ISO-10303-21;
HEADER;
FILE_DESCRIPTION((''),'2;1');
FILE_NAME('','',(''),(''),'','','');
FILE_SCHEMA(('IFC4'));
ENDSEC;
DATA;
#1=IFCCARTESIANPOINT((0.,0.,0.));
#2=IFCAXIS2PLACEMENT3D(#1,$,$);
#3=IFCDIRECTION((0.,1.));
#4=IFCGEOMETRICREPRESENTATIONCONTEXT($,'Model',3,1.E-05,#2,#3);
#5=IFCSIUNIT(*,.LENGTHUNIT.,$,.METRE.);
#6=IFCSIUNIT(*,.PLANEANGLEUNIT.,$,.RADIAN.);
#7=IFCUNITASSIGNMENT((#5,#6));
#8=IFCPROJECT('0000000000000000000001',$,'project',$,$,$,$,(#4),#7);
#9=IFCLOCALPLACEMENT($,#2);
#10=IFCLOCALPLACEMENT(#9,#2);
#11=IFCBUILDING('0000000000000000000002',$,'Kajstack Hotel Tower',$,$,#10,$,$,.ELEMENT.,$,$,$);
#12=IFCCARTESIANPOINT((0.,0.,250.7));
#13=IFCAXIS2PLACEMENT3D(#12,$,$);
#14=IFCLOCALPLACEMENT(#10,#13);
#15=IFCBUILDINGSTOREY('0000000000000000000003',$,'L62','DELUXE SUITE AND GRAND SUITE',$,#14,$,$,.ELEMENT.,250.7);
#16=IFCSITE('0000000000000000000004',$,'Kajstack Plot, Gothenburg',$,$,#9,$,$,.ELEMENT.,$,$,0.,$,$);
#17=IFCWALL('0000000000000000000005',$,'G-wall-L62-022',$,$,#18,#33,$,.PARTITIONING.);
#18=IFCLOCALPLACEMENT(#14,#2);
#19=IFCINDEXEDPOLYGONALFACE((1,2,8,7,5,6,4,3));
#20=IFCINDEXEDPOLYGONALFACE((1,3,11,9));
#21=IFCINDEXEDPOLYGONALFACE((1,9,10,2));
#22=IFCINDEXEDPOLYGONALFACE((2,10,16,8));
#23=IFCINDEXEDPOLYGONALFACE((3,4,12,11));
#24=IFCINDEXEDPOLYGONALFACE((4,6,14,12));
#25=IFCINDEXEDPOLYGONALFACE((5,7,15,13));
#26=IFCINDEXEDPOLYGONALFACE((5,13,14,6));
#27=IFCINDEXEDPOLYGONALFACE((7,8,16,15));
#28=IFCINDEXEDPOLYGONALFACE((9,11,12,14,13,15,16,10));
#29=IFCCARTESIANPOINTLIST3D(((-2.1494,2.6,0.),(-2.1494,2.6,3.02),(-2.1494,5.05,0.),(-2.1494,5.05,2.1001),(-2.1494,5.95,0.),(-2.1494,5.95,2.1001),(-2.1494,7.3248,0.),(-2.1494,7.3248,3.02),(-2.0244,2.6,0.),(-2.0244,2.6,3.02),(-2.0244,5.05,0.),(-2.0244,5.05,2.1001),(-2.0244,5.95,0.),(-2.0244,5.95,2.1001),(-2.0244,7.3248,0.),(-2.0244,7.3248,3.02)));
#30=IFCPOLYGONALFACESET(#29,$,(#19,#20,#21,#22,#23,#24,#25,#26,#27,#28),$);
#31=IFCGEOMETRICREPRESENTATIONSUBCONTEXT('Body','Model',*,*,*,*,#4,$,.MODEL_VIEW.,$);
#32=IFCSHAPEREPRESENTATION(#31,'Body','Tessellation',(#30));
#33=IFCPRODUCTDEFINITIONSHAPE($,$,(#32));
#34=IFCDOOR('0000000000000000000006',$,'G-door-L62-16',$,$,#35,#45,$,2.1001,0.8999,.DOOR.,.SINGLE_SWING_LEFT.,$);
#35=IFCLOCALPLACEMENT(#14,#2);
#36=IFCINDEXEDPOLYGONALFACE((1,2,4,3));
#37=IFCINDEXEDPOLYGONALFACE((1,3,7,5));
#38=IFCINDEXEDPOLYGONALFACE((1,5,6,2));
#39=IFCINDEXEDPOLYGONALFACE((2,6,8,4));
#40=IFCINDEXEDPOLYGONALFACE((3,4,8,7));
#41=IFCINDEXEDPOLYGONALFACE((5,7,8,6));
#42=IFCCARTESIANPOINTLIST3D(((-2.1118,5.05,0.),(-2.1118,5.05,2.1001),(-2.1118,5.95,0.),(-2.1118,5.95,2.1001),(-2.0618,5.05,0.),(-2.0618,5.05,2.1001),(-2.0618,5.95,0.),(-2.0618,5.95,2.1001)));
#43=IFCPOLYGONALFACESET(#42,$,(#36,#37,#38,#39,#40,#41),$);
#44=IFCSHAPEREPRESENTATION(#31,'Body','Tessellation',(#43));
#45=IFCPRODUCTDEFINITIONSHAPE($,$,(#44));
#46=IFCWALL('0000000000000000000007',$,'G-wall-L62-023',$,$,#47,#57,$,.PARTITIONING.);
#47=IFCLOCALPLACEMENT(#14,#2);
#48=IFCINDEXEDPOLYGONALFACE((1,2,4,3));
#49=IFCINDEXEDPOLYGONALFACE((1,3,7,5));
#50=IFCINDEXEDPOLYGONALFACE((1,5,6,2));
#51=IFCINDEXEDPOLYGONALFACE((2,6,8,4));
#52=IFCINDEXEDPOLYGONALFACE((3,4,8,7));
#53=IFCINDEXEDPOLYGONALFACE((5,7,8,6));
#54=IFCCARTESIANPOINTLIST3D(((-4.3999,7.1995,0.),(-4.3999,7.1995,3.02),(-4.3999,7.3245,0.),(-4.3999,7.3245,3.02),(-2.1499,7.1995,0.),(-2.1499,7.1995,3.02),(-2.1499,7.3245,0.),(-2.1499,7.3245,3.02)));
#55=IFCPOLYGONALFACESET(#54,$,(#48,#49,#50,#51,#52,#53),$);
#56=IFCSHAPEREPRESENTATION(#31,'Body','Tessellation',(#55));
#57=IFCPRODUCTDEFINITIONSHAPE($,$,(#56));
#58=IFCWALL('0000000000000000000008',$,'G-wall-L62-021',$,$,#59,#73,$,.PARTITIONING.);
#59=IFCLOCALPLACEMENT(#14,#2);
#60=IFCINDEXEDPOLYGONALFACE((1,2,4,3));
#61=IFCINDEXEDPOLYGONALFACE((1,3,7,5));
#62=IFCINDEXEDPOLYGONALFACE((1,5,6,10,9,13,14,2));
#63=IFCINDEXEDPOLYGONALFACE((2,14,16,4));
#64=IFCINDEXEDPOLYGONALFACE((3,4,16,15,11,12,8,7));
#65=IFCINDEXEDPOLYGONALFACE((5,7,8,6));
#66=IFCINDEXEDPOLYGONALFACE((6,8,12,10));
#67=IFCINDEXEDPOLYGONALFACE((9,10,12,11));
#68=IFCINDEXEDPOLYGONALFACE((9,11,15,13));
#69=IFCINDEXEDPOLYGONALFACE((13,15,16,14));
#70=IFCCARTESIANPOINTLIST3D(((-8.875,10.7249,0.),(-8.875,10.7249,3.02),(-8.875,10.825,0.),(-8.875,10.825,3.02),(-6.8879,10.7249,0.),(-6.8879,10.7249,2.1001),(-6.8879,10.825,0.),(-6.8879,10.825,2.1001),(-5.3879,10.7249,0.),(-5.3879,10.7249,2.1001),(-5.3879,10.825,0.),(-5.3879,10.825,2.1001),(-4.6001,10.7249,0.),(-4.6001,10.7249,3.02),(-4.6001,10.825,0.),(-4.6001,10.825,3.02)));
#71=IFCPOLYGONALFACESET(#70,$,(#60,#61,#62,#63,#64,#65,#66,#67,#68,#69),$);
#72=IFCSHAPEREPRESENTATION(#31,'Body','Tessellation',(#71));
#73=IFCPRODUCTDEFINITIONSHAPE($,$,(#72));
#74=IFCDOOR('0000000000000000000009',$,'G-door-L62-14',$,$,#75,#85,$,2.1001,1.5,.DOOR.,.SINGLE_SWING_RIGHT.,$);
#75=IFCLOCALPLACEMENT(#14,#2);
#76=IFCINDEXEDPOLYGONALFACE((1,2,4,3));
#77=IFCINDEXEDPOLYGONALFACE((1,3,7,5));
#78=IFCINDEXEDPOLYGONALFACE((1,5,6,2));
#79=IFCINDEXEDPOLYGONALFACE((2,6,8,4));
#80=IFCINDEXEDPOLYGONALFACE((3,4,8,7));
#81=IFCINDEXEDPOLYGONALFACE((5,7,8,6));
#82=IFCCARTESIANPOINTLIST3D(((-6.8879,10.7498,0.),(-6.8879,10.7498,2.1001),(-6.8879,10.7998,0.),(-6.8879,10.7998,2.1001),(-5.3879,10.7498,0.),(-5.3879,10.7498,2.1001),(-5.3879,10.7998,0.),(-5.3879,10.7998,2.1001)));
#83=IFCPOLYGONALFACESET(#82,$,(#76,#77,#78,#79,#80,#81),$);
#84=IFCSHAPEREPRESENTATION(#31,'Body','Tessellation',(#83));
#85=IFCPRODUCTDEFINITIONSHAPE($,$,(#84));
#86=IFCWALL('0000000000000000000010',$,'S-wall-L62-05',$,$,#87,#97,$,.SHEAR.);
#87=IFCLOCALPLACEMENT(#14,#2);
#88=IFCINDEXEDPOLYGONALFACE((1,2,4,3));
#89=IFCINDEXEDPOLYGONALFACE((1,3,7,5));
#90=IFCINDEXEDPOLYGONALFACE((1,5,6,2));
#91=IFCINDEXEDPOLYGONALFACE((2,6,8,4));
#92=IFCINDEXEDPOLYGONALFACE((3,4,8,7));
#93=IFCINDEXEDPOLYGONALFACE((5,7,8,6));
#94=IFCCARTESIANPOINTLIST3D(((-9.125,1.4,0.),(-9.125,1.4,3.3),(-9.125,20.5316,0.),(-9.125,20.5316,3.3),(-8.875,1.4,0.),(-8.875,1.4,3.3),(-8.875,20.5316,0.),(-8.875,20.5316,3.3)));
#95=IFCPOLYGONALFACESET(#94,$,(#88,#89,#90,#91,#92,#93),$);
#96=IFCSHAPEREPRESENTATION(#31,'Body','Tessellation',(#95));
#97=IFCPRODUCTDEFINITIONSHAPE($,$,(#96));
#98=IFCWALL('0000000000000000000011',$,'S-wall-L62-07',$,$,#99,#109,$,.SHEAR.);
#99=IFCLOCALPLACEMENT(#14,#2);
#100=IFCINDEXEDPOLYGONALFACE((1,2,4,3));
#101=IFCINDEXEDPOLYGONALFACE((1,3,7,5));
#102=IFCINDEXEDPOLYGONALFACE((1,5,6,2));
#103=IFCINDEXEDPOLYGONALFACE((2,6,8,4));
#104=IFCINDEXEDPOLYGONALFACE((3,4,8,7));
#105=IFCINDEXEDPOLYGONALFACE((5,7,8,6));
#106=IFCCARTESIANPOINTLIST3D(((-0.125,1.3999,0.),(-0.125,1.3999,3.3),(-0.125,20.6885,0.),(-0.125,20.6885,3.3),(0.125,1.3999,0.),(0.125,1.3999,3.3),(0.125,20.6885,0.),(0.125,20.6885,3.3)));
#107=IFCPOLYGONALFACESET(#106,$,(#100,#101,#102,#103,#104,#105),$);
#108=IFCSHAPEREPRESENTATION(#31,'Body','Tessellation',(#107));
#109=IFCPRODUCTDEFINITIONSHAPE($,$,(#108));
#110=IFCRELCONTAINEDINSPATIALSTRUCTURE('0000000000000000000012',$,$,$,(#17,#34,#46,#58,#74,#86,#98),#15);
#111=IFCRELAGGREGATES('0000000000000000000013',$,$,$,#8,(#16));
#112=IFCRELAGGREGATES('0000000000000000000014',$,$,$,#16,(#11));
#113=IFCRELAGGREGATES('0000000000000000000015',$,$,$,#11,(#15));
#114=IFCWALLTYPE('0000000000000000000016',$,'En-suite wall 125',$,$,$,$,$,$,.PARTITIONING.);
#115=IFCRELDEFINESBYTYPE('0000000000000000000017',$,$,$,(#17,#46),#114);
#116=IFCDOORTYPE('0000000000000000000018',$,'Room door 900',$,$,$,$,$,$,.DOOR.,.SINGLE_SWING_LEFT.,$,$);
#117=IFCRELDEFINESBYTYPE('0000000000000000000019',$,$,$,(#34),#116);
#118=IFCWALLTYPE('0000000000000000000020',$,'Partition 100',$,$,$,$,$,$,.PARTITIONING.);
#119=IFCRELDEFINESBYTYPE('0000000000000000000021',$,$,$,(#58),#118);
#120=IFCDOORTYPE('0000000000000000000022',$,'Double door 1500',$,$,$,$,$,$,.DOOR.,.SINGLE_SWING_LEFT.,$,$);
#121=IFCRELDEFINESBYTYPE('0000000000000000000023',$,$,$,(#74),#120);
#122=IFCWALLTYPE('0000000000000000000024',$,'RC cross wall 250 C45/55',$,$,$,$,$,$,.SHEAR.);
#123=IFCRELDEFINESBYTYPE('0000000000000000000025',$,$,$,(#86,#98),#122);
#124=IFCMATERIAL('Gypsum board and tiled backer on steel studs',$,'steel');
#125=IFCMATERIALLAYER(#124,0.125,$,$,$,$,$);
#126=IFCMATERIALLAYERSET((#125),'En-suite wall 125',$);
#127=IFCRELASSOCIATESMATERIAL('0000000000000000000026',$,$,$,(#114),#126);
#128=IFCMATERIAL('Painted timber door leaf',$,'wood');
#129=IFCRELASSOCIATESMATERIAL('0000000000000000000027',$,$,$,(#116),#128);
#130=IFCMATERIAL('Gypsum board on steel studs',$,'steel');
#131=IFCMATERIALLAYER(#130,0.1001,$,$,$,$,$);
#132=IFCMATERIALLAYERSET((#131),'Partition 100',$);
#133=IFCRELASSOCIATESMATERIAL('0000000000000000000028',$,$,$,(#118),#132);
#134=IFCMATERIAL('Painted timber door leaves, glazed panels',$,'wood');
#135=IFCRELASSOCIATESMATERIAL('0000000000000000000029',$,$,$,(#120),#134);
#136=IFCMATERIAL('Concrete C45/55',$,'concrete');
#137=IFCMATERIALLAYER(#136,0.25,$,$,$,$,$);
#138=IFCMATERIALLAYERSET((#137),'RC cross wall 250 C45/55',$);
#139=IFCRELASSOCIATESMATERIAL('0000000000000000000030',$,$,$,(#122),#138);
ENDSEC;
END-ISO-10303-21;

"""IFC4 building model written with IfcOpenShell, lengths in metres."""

from ifc_helpers import new_model, si_unit, direction, frame, frame_2d, origin, place, context, subcontext, project, spatial, rectangle, extrude, material, layer, layer_set, type_object, element, fill, save


model = new_model("IFC4")

# Units and contexts
model_context = context("Model", 3, precision=1e-05, world=origin(), true_north=direction((0.0, 1.0)))
body_context = subcontext(model_context, "Body", "Model", "MODEL_VIEW")
ifc_project = project(units=[si_unit("LENGTHUNIT", "METRE"), si_unit("PLANEANGLEUNIT", "RADIAN")], contexts=[model_context])

# Site, building, storey
site_placement = place(None, origin())
site = spatial("IfcSite", under=ifc_project, at=site_placement, Name="Kajstack Plot, Gothenburg", CompositionType="ELEMENT", RefElevation=0.0)
building_placement = place(site_placement, origin())
building = spatial("IfcBuilding", under=site, at=building_placement, Name="Kajstack Hotel Tower", CompositionType="ELEMENT")
storey_placement = place(building_placement, frame((0.0, 0.0, 250.7)))
storey = spatial("IfcBuildingStorey", under=building, at=storey_placement, Name="L62", Description="DELUXE SUITE AND GRAND SUITE", CompositionType="ELEMENT", Elevation=250.7)

# Shared definitions
ifc_material_1 = material(Name="Gypsum board and tiled backer on steel studs", Category="steel")
ifc_layer_1 = layer(ifc_material_1, 0.125)
ifc_layer_set_1 = layer_set([ifc_layer_1], Name="En-suite wall 125")
wall_type_1 = type_object("IfcWallType", Name="En-suite wall 125", PredefinedType="PARTITIONING", material=ifc_layer_set_1)

# Shared definitions
ifc_material_2 = material(Name="Painted timber door leaf", Category="wood")
door_type_1 = type_object("IfcDoorType", Name="Room door 900", OperationType="SINGLE_SWING_LEFT", PredefinedType="DOOR", material=ifc_material_2)

# Wall, opening, door
wall_1_placement = place(storey_placement, frame((-2.0869, 2.6001, 0.0), z_axis=(0.0, 0.0, 1.0), x_axis=(0.0, 1.0, 0.0)))
wall_1 = element("IfcWall", 1, at=wall_1_placement, inside=storey, type_object=wall_type_1, Name="G-wall-L62-022", PredefinedType="PARTITIONING", context=body_context, shape_type="SweptSolid", body=[
    extrude(rectangle(XDim=4.7249, YDim=0.125, at=frame_2d((2.3623, 0.0))), origin(), (0.0, 0.0, 1.0), 3.02),
])
opening_1_placement = place(wall_1_placement, frame((2.45, 0.0, 0.0)))
opening_1 = element("IfcOpeningElement", 2, at=opening_1_placement, cuts=wall_1, PredefinedType="OPENING", context=body_context, shape_type="SweptSolid", body=[
    extrude(rectangle(XDim=0.8999, YDim=2.1001, at=frame_2d((0.45, 1.05))), frame((0.0, 0.0725, 0.0), z_axis=(0.0, -1.0, 0.0), x_axis=(1.0, 0.0, 0.0)), (0.0, 0.0, 1.0), 0.145),
])
door_1_placement = place(opening_1_placement, origin())
door_1 = element("IfcDoor", 3, at=door_1_placement, inside=storey, type_object=door_type_1, Name="G-door-L62-16", OperationType="SINGLE_SWING_LEFT", OverallHeight=2.1001, OverallWidth=0.8999, PredefinedType="DOOR", context=body_context, shape_type="SweptSolid", body=[
    extrude(rectangle(XDim=0.8999, YDim=2.1001, at=frame_2d((0.45, 1.05))), frame((0.0, 0.0249, 0.0), z_axis=(0.0, -1.0, 0.0), x_axis=(1.0, 0.0, 0.0)), (0.0, 0.0, 1.0), 0.05),
])
fill(opening_1, door_1)

# Wall
wall_2_placement = place(storey_placement, frame((-4.3999, 7.262, 0.0), z_axis=(0.0, 0.0, 1.0), x_axis=(1.0, 0.0, 0.0)))
element("IfcWall", 4, at=wall_2_placement, inside=storey, type_object=wall_type_1, Name="G-wall-L62-023", PredefinedType="PARTITIONING", context=body_context, shape_type="SweptSolid", body=[
    extrude(rectangle(XDim=2.25, YDim=0.125, at=frame_2d((1.125, 0.0))), origin(), (0.0, 0.0, 1.0), 3.02),
])

# Wall, opening, door
ifc_material_3 = material(Name="Gypsum board on steel studs", Category="steel")
ifc_layer_2 = layer(ifc_material_3, 0.1001)
ifc_layer_set_2 = layer_set([ifc_layer_2], Name="Partition 100")
wall_type_2 = type_object("IfcWallType", Name="Partition 100", PredefinedType="PARTITIONING", material=ifc_layer_set_2)
wall_3_placement = place(storey_placement, frame((-8.875, 10.7749, 0.0), z_axis=(0.0, 0.0, 1.0), x_axis=(1.0, 0.0, 0.0)))
wall_3 = element("IfcWall", 5, at=wall_3_placement, inside=storey, type_object=wall_type_2, Name="G-wall-L62-021", PredefinedType="PARTITIONING", context=body_context, shape_type="SweptSolid", body=[
    extrude(rectangle(XDim=4.2749, YDim=0.1001, at=frame_2d((2.1375, 0.0))), origin(), (0.0, 0.0, 1.0), 3.02),
])
opening_2_placement = place(wall_3_placement, frame((1.9871, 0.0, 0.0)))
opening_2 = element("IfcOpeningElement", 6, at=opening_2_placement, cuts=wall_3, PredefinedType="OPENING", context=body_context, shape_type="SweptSolid", body=[
    extrude(rectangle(XDim=1.5, YDim=2.1001, at=frame_2d((0.75, 1.05))), frame((0.0, 0.0601, 0.0), z_axis=(0.0, -1.0, 0.0), x_axis=(1.0, 0.0, 0.0)), (0.0, 0.0, 1.0), 0.1201),
])
ifc_material_4 = material(Name="Painted timber door leaves, glazed panels", Category="wood")
door_type_2 = type_object("IfcDoorType", Name="Double door 1500", OperationType="SINGLE_SWING_LEFT", PredefinedType="DOOR", material=ifc_material_4)
door_2_placement = place(opening_2_placement, origin())
door_2 = element("IfcDoor", 7, at=door_2_placement, inside=storey, type_object=door_type_2, Name="G-door-L62-14", OperationType="SINGLE_SWING_RIGHT", OverallHeight=2.1001, OverallWidth=1.5, PredefinedType="DOOR", context=body_context, shape_type="SweptSolid", body=[
    extrude(rectangle(XDim=1.5, YDim=2.1001, at=frame_2d((0.75, 1.05))), frame((0.0, 0.0249, 0.0), z_axis=(0.0, -1.0, 0.0), x_axis=(1.0, 0.0, 0.0)), (0.0, 0.0, 1.0), 0.05),
])
fill(opening_2, door_2)

# Walls
ifc_material_5 = material(Name="Concrete C45/55", Category="concrete")
ifc_layer_3 = layer(ifc_material_5, 0.25)
ifc_layer_set_3 = layer_set([ifc_layer_3], Name="RC cross wall 250 C45/55")
wall_type_3 = type_object("IfcWallType", Name="RC cross wall 250 C45/55", PredefinedType="SHEAR", material=ifc_layer_set_3)
wall_4_placement = place(storey_placement, frame((-9.0, 1.3999, 0.0), z_axis=(0.0, 0.0, 1.0), x_axis=(0.0, 1.0, 0.0)))
element("IfcWall", 8, at=wall_4_placement, inside=storey, type_object=wall_type_3, Name="S-wall-L62-05", PredefinedType="SHEAR", context=body_context, shape_type="SweptSolid", body=[
    extrude(rectangle(XDim=19.1316, YDim=0.25, at=frame_2d((9.5659, 0.0))), origin(), (0.0, 0.0, 1.0), 3.3),
])
wall_5_placement = place(storey_placement, frame((0.0, 1.3999, 0.0), z_axis=(0.0, 0.0, 1.0), x_axis=(0.0, 1.0, 0.0)))
element("IfcWall", 9, at=wall_5_placement, inside=storey, type_object=wall_type_3, Name="S-wall-L62-07", PredefinedType="SHEAR", context=body_context, shape_type="SweptSolid", body=[
    extrude(rectangle(XDim=19.2886, YDim=0.25, at=frame_2d((9.6443, 0.0))), origin(), (0.0, 0.0, 1.0), 3.3),
])

save(model, "model.ifc")
